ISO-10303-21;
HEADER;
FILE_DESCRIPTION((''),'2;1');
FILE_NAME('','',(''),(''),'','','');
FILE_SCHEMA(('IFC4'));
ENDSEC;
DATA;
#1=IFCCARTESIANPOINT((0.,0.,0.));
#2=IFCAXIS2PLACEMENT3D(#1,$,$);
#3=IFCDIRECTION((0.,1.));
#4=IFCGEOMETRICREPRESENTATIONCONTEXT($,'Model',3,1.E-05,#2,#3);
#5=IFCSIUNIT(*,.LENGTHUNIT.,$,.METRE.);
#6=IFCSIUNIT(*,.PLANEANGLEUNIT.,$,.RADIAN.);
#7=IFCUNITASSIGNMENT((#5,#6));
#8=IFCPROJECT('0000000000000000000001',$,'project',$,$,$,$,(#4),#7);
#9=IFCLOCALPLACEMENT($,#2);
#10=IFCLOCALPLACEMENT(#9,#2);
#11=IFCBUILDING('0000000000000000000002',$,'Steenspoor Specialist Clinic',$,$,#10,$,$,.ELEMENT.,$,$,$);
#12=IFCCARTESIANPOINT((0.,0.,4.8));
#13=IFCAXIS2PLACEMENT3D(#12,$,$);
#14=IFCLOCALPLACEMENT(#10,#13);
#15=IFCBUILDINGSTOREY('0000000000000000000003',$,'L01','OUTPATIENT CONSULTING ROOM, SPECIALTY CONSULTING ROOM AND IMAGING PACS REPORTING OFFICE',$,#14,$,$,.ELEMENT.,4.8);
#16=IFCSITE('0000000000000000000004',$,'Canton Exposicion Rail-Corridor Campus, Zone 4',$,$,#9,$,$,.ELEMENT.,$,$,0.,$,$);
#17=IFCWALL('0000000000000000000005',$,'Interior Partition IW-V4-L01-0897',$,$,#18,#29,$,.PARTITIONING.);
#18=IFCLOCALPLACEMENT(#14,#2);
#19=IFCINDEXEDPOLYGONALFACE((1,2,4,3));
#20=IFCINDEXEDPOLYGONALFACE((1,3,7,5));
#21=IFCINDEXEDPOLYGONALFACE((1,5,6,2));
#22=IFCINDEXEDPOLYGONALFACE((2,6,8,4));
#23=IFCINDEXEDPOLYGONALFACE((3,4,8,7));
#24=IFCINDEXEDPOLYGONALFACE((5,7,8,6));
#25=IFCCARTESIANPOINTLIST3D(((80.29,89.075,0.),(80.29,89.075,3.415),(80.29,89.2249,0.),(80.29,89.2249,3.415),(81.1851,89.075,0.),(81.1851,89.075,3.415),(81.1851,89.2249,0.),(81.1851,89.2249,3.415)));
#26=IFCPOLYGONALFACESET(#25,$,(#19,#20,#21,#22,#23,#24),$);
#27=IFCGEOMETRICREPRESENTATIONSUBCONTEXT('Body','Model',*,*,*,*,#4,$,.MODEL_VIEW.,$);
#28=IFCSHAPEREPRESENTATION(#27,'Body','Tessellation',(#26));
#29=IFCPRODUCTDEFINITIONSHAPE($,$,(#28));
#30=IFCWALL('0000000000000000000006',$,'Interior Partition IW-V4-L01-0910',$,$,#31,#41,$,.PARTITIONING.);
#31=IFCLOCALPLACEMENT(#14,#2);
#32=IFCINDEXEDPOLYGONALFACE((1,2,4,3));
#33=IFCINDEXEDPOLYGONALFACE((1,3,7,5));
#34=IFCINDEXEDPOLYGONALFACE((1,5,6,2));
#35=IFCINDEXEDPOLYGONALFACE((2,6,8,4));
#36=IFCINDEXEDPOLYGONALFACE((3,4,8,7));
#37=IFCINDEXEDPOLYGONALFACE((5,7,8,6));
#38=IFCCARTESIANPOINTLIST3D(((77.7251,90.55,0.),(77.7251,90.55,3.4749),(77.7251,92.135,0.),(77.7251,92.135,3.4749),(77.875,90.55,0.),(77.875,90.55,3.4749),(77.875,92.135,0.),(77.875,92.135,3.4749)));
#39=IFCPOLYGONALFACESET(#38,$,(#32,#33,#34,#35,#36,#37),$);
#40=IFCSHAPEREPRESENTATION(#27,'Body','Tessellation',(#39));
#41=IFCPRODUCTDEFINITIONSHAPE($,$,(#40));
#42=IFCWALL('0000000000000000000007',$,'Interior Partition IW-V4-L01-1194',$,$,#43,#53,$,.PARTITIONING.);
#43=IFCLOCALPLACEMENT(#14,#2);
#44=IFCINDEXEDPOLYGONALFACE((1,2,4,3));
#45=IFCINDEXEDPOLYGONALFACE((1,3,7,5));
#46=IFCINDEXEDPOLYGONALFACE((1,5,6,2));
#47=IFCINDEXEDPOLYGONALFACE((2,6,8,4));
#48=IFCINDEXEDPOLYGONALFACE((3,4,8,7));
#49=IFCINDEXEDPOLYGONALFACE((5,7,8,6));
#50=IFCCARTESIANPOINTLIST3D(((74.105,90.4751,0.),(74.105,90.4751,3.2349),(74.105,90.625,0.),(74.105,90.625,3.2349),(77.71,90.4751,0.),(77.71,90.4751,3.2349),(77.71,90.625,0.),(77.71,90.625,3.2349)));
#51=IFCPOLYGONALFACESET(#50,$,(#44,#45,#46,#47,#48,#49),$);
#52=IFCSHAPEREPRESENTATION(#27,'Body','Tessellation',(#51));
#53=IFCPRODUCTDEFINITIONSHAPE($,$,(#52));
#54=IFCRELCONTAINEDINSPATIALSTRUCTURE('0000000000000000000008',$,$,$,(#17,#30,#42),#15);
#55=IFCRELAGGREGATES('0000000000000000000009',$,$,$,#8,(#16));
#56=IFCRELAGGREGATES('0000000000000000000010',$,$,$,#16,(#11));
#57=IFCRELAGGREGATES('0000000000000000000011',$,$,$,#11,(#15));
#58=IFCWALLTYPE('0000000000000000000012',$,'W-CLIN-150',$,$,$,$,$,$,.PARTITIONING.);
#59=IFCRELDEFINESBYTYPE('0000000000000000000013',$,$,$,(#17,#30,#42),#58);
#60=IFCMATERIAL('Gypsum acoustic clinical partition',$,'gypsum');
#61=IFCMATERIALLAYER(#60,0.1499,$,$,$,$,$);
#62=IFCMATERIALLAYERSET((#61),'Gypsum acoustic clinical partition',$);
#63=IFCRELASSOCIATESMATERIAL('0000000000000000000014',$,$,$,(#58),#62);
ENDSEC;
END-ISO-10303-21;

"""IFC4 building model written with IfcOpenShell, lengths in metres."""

from ifc_helpers import new_model, si_unit, direction, frame, frame_2d, origin, place, context, subcontext, project, spatial, rectangle, extrude, material, layer, layer_set, type_object, element, save


model = new_model("IFC4")

# Units and contexts
model_context = context("Model", 3, precision=1e-05, world=origin(), true_north=direction((0.0, 1.0)))
body_context = subcontext(model_context, "Body", "Model", "MODEL_VIEW")
ifc_project = project(units=[si_unit("LENGTHUNIT", "METRE"), si_unit("PLANEANGLEUNIT", "RADIAN")], contexts=[model_context])

# Site, building, storey
site_placement = place(None, origin())
site = spatial("IfcSite", under=ifc_project, at=site_placement, Name="Canton Exposicion Rail-Corridor Campus, Zone 4", CompositionType="ELEMENT", RefElevation=0.0)
building_placement = place(site_placement, origin())
building = spatial("IfcBuilding", under=site, at=building_placement, Name="Steenspoor Specialist Clinic", CompositionType="ELEMENT")
storey_placement = place(building_placement, frame((0.0, 0.0, 4.8)))
storey = spatial("IfcBuildingStorey", under=building, at=storey_placement, Name="L01", Description="OUTPATIENT CONSULTING ROOM, SPECIALTY CONSULTING ROOM AND IMAGING PACS REPORTING OFFICE", CompositionType="ELEMENT", Elevation=4.8)

# Walls
ifc_material_1 = material(Name="Gypsum acoustic clinical partition", Category="gypsum")
ifc_layer_1 = layer(ifc_material_1, 0.1499)
ifc_layer_set_1 = layer_set([ifc_layer_1], Name="Gypsum acoustic clinical partition")
wall_type = type_object("IfcWallType", Name="W-CLIN-150", PredefinedType="PARTITIONING", material=ifc_layer_set_1)
wall_1_placement = place(storey_placement, frame((80.29, 89.1499, 0.0), z_axis=(0.0, 0.0, 1.0), x_axis=(1.0, 0.0, 0.0)))
element("IfcWall", 1, at=wall_1_placement, inside=storey, type_object=wall_type, Name="Interior Partition IW-V4-L01-0897", PredefinedType="PARTITIONING", context=body_context, shape_type="SweptSolid", body=[
    extrude(rectangle(XDim=0.895, YDim=0.1499, at=frame_2d((0.4475, 0.0))), origin(), (0.0, 0.0, 1.0), 3.415),
])
wall_2_placement = place(storey_placement, frame((77.8, 90.55, 0.0), z_axis=(0.0, 0.0, 1.0), x_axis=(0.0, 1.0, 0.0)))
element("IfcWall", 2, at=wall_2_placement, inside=storey, type_object=wall_type, Name="Interior Partition IW-V4-L01-0910", PredefinedType="PARTITIONING", context=body_context, shape_type="SweptSolid", body=[
    extrude(rectangle(XDim=1.585, YDim=0.1499, at=frame_2d((0.7925, 0.0))), origin(), (0.0, 0.0, 1.0), 3.4749),
])
wall_3_placement = place(storey_placement, frame((74.105, 90.55, 0.0), z_axis=(0.0, 0.0, 1.0), x_axis=(1.0, 0.0, 0.0)))
element("IfcWall", 3, at=wall_3_placement, inside=storey, type_object=wall_type, Name="Interior Partition IW-V4-L01-1194", PredefinedType="PARTITIONING", context=body_context, shape_type="SweptSolid", body=[
    extrude(rectangle(XDim=3.605, YDim=0.1499, at=frame_2d((1.8025, 0.0))), origin(), (0.0, 0.0, 1.0), 3.2349),
])

save(model, "model.ifc")
